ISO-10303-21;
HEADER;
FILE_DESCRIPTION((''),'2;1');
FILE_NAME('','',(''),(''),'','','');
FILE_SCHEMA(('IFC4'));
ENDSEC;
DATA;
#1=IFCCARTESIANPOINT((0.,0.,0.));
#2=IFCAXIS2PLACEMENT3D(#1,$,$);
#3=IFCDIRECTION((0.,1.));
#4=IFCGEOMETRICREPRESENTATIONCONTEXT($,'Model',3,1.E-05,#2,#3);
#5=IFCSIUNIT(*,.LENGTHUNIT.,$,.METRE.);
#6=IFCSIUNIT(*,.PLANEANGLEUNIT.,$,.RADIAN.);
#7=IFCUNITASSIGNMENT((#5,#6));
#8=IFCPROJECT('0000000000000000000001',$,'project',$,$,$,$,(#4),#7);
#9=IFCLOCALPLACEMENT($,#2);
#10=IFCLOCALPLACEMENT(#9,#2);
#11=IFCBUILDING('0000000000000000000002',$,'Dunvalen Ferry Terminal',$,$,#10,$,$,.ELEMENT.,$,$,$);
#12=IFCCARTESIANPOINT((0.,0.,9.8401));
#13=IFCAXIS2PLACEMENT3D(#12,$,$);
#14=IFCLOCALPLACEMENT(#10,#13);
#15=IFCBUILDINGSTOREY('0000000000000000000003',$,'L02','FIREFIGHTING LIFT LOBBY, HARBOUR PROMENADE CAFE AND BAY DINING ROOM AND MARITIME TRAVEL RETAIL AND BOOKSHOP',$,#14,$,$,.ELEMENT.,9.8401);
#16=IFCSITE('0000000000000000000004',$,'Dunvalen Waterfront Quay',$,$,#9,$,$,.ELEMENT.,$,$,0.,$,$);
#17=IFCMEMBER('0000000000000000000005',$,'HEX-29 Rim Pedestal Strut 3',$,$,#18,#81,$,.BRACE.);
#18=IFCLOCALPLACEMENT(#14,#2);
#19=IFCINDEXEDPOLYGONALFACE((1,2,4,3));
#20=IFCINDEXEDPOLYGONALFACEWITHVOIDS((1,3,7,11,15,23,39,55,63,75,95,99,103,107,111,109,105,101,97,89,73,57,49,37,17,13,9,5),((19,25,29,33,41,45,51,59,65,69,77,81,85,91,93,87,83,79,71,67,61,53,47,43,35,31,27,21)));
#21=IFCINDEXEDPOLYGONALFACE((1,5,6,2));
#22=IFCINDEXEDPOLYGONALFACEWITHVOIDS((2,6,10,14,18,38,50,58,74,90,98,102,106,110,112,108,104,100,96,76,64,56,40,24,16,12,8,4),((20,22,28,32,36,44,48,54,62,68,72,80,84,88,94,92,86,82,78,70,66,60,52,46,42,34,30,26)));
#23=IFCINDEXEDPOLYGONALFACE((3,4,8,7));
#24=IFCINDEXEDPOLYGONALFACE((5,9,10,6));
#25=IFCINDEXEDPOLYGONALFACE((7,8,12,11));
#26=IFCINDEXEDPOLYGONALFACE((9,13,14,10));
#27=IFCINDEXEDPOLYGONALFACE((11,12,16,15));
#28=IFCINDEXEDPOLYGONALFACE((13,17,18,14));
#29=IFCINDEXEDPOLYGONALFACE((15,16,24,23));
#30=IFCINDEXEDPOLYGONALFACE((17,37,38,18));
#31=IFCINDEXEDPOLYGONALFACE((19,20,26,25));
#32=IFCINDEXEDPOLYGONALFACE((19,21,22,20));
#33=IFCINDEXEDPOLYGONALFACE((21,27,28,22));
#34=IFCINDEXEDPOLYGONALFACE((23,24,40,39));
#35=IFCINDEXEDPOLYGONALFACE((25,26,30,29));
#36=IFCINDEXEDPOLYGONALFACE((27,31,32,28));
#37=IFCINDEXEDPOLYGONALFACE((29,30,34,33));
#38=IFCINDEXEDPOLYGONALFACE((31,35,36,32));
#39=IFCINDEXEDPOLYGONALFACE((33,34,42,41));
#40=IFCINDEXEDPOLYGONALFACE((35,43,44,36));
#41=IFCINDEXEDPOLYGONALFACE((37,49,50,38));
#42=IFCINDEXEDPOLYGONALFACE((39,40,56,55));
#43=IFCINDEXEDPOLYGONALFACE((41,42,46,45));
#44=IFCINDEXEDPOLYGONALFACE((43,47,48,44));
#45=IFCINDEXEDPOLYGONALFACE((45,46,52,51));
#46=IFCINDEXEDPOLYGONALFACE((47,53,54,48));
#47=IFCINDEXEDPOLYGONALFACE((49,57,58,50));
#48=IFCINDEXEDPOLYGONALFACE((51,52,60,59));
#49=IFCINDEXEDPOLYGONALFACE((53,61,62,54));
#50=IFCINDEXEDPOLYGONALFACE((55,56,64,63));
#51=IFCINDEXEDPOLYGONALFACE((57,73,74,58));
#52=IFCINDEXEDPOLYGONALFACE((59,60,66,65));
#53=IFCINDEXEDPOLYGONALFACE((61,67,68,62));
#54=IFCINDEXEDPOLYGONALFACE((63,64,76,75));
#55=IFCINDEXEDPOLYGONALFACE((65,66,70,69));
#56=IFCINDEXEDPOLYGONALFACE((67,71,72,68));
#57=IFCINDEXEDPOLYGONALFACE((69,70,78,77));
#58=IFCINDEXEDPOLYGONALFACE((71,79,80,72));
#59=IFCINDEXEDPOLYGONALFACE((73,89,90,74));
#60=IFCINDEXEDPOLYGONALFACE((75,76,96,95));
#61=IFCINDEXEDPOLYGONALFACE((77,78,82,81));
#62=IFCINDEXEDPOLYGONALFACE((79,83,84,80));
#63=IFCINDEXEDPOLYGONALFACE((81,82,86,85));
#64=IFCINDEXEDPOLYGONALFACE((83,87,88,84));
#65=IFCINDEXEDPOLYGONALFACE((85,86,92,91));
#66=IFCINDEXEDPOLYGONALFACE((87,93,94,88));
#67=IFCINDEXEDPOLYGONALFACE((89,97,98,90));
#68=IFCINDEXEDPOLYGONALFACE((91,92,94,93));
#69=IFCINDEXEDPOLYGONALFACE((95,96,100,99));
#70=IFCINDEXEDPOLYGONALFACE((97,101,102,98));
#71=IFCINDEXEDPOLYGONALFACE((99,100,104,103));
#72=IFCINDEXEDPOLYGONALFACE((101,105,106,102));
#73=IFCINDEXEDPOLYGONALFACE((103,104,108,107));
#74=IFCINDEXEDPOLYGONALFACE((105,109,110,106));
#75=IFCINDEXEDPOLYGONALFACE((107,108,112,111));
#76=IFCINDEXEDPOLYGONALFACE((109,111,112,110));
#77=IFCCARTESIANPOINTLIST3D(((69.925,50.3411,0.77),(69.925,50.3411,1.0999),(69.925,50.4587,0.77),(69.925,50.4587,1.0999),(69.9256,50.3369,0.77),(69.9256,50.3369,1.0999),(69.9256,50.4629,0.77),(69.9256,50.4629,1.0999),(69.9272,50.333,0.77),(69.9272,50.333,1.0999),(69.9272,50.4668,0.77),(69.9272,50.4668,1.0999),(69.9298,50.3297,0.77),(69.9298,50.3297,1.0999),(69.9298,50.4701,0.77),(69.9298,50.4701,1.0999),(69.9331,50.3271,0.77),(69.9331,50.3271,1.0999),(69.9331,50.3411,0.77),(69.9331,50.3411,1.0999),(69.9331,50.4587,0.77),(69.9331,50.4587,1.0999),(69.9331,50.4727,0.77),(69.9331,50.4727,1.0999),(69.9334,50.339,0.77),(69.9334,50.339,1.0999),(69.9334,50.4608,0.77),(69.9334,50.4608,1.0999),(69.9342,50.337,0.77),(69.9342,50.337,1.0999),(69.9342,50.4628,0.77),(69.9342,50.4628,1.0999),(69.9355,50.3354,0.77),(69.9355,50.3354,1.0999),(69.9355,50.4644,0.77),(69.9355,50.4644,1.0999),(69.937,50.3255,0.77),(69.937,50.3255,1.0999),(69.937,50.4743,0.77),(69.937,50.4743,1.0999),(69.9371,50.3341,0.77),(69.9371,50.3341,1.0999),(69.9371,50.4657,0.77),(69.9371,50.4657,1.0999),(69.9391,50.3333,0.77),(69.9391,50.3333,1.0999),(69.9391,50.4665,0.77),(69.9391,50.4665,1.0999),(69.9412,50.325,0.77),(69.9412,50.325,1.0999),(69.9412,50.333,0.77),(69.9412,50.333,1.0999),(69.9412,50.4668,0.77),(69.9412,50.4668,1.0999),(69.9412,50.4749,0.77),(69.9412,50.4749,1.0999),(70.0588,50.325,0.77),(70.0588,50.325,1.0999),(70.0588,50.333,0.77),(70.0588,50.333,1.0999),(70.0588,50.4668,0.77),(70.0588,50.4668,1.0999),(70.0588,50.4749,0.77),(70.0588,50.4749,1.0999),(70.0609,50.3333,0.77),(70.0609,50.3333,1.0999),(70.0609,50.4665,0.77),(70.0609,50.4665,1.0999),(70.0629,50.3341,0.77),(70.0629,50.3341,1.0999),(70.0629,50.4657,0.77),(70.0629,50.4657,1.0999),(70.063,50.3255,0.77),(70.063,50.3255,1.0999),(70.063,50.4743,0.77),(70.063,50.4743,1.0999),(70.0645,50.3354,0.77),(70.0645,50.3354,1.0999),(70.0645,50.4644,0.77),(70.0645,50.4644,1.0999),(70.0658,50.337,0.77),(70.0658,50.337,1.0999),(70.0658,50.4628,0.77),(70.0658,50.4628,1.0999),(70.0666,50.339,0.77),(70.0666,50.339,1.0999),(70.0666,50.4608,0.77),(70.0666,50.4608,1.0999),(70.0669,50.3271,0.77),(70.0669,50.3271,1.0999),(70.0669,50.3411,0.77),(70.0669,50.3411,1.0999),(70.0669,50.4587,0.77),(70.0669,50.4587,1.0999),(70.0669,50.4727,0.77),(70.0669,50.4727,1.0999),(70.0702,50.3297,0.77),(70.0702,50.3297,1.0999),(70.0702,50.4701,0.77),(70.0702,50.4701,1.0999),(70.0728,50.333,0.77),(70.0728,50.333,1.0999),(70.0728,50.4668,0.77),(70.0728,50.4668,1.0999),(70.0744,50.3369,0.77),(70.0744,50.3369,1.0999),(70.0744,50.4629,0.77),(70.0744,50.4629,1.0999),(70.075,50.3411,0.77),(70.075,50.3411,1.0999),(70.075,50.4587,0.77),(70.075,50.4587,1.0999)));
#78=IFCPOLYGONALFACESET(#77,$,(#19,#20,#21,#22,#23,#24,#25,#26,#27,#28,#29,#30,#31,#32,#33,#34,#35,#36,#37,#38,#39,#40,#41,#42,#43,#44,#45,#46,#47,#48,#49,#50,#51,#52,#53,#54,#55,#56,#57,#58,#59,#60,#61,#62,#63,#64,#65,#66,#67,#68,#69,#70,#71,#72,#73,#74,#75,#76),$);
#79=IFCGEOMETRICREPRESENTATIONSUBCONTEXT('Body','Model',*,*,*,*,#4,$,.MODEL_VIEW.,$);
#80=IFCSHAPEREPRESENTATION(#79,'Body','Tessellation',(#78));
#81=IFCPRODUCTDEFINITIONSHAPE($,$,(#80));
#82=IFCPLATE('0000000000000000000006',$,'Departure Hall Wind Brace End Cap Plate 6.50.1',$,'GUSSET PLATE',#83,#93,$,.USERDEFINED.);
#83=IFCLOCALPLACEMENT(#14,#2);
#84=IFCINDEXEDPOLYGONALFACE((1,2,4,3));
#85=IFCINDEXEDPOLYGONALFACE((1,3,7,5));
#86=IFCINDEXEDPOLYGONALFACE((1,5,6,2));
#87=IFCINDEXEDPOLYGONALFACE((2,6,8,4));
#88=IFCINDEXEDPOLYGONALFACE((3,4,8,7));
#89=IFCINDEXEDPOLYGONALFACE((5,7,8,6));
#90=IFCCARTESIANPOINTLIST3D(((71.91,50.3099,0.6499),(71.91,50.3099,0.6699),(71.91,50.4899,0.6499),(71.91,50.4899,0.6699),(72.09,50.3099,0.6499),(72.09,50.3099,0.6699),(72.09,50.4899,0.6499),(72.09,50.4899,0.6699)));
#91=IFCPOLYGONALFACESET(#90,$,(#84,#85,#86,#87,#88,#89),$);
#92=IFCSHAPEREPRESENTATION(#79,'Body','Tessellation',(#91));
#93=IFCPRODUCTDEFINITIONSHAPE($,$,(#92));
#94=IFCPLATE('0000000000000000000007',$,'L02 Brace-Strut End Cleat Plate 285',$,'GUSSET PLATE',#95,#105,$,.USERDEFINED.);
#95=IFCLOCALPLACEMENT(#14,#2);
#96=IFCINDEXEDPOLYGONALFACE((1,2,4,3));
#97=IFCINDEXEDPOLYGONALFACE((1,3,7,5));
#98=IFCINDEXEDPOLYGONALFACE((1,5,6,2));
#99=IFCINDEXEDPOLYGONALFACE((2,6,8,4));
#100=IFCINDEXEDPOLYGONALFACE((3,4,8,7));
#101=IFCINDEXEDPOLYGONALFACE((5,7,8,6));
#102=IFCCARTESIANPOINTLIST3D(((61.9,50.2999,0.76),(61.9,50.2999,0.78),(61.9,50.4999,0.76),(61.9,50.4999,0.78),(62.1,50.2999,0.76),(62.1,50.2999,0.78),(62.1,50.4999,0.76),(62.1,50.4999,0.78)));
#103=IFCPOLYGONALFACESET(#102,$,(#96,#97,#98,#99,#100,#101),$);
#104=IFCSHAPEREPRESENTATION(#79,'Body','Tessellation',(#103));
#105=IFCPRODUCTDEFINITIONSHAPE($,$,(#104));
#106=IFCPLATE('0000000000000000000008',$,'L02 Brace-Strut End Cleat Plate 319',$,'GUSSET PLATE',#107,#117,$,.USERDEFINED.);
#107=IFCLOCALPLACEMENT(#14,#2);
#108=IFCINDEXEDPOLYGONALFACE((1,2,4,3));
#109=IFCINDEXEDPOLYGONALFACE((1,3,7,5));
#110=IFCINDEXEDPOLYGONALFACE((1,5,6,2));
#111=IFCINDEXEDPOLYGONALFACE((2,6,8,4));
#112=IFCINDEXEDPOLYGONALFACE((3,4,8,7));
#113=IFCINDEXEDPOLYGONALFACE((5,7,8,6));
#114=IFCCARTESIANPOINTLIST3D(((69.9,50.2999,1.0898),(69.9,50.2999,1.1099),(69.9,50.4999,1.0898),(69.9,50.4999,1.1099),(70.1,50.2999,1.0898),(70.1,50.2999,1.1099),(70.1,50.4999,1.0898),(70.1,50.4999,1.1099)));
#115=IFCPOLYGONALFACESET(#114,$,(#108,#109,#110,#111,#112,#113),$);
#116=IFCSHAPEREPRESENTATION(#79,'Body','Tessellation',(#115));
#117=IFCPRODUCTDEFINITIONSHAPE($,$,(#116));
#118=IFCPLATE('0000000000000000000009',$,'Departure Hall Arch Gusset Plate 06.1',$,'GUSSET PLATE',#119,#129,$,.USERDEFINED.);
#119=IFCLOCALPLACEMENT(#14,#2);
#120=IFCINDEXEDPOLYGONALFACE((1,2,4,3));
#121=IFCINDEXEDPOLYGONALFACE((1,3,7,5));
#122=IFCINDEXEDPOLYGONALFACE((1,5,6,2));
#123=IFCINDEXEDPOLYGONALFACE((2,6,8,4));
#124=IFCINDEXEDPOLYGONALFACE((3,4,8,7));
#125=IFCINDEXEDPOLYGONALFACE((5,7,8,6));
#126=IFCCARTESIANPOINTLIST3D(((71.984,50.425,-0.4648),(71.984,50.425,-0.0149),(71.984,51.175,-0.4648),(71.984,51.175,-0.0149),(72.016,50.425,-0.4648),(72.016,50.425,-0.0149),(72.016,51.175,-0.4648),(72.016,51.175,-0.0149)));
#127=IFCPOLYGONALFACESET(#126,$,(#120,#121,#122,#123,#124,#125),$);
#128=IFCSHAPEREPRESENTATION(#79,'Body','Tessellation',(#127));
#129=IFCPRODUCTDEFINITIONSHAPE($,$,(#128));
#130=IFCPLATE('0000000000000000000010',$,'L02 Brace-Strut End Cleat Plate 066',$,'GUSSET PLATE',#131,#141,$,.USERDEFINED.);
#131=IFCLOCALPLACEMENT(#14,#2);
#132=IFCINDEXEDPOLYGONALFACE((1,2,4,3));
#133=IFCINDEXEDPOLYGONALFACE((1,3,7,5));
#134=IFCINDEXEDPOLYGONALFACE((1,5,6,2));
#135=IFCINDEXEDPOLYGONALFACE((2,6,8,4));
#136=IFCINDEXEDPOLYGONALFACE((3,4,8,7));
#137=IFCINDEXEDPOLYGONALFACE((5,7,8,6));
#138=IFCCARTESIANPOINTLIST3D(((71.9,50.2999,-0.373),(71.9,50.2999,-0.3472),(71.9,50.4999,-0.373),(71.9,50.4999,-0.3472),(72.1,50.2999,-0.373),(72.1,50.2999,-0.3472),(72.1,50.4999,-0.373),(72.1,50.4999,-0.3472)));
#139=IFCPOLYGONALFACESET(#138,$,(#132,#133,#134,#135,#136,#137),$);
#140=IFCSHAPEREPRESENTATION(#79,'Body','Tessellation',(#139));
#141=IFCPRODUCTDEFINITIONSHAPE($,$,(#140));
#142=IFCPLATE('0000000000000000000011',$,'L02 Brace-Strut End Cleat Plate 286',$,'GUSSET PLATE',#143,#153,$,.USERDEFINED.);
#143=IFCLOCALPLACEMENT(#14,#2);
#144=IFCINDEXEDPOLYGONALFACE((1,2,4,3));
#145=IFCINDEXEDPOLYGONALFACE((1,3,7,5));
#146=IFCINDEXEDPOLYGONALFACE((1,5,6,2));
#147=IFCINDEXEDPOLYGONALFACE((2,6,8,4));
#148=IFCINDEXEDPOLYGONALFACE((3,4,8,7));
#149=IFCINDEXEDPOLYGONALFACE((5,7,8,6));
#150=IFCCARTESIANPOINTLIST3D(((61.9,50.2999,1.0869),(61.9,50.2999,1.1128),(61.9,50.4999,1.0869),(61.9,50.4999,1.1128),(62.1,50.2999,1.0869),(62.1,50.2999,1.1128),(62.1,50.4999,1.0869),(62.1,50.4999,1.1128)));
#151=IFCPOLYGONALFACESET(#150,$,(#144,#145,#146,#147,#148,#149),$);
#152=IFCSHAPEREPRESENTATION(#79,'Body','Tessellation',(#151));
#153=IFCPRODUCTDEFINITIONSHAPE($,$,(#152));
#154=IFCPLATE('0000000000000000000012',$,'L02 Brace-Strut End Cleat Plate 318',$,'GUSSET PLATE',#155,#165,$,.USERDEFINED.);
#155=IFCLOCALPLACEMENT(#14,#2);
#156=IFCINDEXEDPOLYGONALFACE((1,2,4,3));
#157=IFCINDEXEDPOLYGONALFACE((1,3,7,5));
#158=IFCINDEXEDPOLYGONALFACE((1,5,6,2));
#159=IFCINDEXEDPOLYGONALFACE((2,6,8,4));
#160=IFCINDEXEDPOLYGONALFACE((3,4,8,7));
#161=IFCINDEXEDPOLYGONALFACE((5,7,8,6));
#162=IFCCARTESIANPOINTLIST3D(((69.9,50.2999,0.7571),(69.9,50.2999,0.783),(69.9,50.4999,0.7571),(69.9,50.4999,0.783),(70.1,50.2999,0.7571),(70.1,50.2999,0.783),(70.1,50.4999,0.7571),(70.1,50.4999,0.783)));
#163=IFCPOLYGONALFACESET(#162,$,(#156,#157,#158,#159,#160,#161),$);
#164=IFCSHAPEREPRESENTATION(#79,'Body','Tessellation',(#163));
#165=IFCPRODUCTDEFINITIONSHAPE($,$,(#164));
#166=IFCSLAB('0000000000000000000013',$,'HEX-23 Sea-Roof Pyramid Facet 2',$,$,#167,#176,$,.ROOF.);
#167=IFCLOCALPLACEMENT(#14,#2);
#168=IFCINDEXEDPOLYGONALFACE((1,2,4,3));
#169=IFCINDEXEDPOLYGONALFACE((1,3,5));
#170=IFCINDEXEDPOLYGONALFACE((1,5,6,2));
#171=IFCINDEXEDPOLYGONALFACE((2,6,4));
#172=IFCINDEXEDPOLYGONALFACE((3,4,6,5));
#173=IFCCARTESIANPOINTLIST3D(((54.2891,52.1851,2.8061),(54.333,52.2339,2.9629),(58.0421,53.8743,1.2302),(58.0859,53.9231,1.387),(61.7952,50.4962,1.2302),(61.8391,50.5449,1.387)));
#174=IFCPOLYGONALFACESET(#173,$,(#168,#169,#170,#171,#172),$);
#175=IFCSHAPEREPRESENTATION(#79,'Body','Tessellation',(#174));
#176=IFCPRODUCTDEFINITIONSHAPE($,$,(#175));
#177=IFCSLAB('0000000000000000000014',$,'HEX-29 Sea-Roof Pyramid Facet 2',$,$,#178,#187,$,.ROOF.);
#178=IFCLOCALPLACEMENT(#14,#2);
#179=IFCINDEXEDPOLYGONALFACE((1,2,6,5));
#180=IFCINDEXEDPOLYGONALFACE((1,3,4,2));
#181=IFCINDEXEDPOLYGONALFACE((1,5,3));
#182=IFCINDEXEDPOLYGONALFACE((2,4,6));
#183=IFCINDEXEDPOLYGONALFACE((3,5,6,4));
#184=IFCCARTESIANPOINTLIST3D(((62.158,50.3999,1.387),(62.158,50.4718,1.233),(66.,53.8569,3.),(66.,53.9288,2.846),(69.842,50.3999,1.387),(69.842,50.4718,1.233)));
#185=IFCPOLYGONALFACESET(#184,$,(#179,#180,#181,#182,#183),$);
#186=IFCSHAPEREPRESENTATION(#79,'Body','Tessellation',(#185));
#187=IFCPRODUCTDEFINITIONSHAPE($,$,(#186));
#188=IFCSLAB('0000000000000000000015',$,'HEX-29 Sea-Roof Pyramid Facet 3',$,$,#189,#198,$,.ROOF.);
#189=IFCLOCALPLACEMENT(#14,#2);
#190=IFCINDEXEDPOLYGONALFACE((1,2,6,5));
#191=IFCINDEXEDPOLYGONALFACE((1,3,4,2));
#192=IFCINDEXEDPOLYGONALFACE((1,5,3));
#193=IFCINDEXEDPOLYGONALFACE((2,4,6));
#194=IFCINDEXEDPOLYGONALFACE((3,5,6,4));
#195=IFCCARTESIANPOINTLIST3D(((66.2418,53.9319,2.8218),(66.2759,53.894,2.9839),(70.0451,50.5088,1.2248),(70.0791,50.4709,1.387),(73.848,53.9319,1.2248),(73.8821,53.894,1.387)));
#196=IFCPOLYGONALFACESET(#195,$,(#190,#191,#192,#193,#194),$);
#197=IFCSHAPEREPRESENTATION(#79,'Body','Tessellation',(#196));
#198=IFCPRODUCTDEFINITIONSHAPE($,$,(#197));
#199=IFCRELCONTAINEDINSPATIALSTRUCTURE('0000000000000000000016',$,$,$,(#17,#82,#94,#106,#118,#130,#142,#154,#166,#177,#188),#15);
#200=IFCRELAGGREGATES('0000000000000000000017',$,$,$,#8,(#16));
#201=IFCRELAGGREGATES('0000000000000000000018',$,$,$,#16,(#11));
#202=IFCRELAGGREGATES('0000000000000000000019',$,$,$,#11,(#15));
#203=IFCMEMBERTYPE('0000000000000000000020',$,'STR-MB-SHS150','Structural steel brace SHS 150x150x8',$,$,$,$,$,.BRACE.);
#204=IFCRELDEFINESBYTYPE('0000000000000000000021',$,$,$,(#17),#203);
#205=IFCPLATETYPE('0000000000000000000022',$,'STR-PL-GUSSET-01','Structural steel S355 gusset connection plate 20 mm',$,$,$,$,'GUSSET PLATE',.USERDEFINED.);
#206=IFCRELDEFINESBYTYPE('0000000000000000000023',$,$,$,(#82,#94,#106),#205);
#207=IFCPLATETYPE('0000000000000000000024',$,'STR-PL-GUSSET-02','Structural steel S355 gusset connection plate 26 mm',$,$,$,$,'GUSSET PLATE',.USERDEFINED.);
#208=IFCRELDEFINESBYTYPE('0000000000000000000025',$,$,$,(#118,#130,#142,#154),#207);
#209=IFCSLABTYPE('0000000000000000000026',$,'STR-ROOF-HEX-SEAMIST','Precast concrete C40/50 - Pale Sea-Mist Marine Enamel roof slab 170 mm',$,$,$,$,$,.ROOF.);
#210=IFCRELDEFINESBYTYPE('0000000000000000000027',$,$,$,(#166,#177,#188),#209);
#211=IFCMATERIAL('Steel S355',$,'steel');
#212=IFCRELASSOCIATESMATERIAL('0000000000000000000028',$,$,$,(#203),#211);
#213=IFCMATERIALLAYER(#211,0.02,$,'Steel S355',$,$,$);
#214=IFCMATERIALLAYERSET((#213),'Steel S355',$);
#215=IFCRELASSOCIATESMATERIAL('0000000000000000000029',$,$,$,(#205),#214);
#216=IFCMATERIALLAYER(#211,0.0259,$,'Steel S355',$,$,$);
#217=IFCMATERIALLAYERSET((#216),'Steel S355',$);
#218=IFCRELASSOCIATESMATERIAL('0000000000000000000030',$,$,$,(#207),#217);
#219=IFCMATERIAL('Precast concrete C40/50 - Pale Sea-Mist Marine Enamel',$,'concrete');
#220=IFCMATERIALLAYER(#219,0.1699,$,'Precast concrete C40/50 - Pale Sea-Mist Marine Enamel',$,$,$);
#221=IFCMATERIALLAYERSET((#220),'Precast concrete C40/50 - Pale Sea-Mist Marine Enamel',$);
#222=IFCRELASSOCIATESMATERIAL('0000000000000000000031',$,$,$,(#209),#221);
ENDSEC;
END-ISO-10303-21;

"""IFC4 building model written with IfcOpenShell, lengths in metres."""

from ifc_helpers import new_model, si_unit, direction, frame, origin, origin_2d, place, context, subcontext, project, spatial, polyline, rectangle, hollow_rectangle, outline, extrude, material, layer, layer_set, material_profile, profile_set, type_object, element, save


model = new_model("IFC4")

# Units and contexts
model_context = context("Model", 3, precision=1e-05, world=origin(), true_north=direction((0.0, 1.0)))
body_context = subcontext(model_context, "Body", "Model", "MODEL_VIEW")
ifc_project = project(units=[si_unit("LENGTHUNIT", "METRE"), si_unit("PLANEANGLEUNIT", "RADIAN")], contexts=[model_context])

# Site, building, storey
site_placement = place(None, origin())
site = spatial("IfcSite", under=ifc_project, at=site_placement, Name="Dunvalen Waterfront Quay", CompositionType="ELEMENT", RefElevation=0.0)
building_placement = place(site_placement, origin())
building = spatial("IfcBuilding", under=site, at=building_placement, Name="Dunvalen Ferry Terminal", CompositionType="ELEMENT")
storey_placement = place(building_placement, frame((0.0, 0.0, 9.8401)))
storey = spatial("IfcBuildingStorey", under=building, at=storey_placement, Name="L02", Description="FIREFIGHTING LIFT LOBBY, HARBOUR PROMENADE CAFE AND BAY DINING ROOM AND MARITIME TRAVEL RETAIL AND BOOKSHOP", CompositionType="ELEMENT", Elevation=9.8401)

# Shared definitions
ifc_material_1 = material(Name="Steel S355", Category="steel")

# Member
ifc_material_profile_1 = material_profile(ifc_material_1, hollow_rectangle(XDim=0.1499, YDim=0.1499, WallThickness=0.0081, InnerFilletRadius=0.0081, OuterFilletRadius=0.0161, at=origin_2d()), Name="Steel S355")
ifc_profile_set_1 = profile_set([ifc_material_profile_1], Name="Steel S355")
member_type_1 = type_object("IfcMemberType", Name="STR-MB-SHS150", Description="Structural steel brace SHS 150x150x8", PredefinedType="BRACE", material=ifc_profile_set_1)
member_1_placement = place(storey_placement, frame((70.0, 50.3999, 0.77), z_axis=(0.0, 0.0, 1.0), x_axis=(1.0, 0.0, 0.0)))
element("IfcMember", 1, at=member_1_placement, inside=storey, type_object=member_type_1, Name="HEX-29 Rim Pedestal Strut 3", PredefinedType="BRACE", context=body_context, shape_type="SweptSolid", body=[
    extrude(hollow_rectangle(XDim=0.1499, YDim=0.1499, WallThickness=0.0081, InnerFilletRadius=0.0081, OuterFilletRadius=0.0161, at=origin_2d()), origin(), (0.0, 0.0, 1.0), 0.3298),
])

# Plates
ifc_layer_1 = layer(ifc_material_1, 0.02, Name="Steel S355")
ifc_layer_set_1 = layer_set([ifc_layer_1], Name="Steel S355")
plate_type_1 = type_object("IfcPlateType", Name="STR-PL-GUSSET-01", Description="Structural steel S355 gusset connection plate 20 mm", ElementType="GUSSET PLATE", PredefinedType="USERDEFINED", material=ifc_layer_set_1)
plate_1_placement = place(storey_placement, frame((72.0, 50.3999, 0.6499), z_axis=(0.0, 0.0, 1.0), x_axis=(1.0, 0.0, 0.0)))
element("IfcPlate", 2, at=plate_1_placement, inside=storey, type_object=plate_type_1, Name="Departure Hall Wind Brace End Cap Plate 6.50.1", ObjectType="GUSSET PLATE", PredefinedType="USERDEFINED", context=body_context, shape_type="SweptSolid", body=[
    extrude(rectangle(XDim=0.1799, YDim=0.1799, at=origin_2d()), origin(), (0.0, 0.0, 1.0), 0.02),
])
for number, where, z_axis, x_axis, name in (
    (3, (62.0, 50.3999, 0.76), (0.0, 0.0, 1.0), (1.0, 0.0, 0.0), "L02 Brace-Strut End Cleat Plate 285"),
    (4, (70.0, 50.3999, 1.0898), (0.0, 0.0, 1.0), (1.0, 0.0, 0.0), "L02 Brace-Strut End Cleat Plate 319"),
):
    element("IfcPlate", number, at=place(storey_placement, frame(where, z_axis=z_axis, x_axis=x_axis)), inside=storey, type_object=plate_type_1, Name=name, ObjectType="GUSSET PLATE", PredefinedType="USERDEFINED", context=body_context, shape_type="SweptSolid", body=[
        extrude(rectangle(XDim=0.2, YDim=0.2, at=origin_2d()), origin(), (0.0, 0.0, 1.0), 0.02),
    ])
ifc_layer_2 = layer(ifc_material_1, 0.0259, Name="Steel S355")
ifc_layer_set_2 = layer_set([ifc_layer_2], Name="Steel S355")
plate_type_2 = type_object("IfcPlateType", Name="STR-PL-GUSSET-02", Description="Structural steel S355 gusset connection plate 26 mm", ElementType="GUSSET PLATE", PredefinedType="USERDEFINED", material=ifc_layer_set_2)
plate_2_placement = place(storey_placement, frame((72.0, 50.8, -0.4648), z_axis=(0.0, 0.0, 1.0), x_axis=(1.0, 0.0, 0.0)))
element("IfcPlate", 5, at=plate_2_placement, inside=storey, type_object=plate_type_2, Name="Departure Hall Arch Gusset Plate 06.1", ObjectType="GUSSET PLATE", PredefinedType="USERDEFINED", context=body_context, shape_type="SweptSolid", body=[
    extrude(rectangle(XDim=0.032, YDim=0.75, at=origin_2d()), origin(), (0.0, 0.0, 1.0), 0.45),
])
for number, where, z_axis, x_axis, name in (
    (6, (72.0, 50.3999, -0.373), (0.0, 0.0, 1.0), (1.0, 0.0, 0.0), "L02 Brace-Strut End Cleat Plate 066"),
    (7, (62.0, 50.3999, 1.0869), (0.0, 0.0, 1.0), (1.0, 0.0, 0.0), "L02 Brace-Strut End Cleat Plate 286"),
    (8, (70.0, 50.3999, 0.7571), (0.0, 0.0, 1.0), (1.0, 0.0, 0.0), "L02 Brace-Strut End Cleat Plate 318"),
):
    element("IfcPlate", number, at=place(storey_placement, frame(where, z_axis=z_axis, x_axis=x_axis)), inside=storey, type_object=plate_type_2, Name=name, ObjectType="GUSSET PLATE", PredefinedType="USERDEFINED", context=body_context, shape_type="SweptSolid", body=[
        extrude(rectangle(XDim=0.2, YDim=0.2, at=origin_2d()), origin(), (0.0, 0.0, 1.0), 0.0259),
    ])

# Slabs
ifc_material_2 = material(Name="Precast concrete C40/50 - Pale Sea-Mist Marine Enamel", Category="concrete")
ifc_layer_3 = layer(ifc_material_2, 0.1699, Name="Precast concrete C40/50 - Pale Sea-Mist Marine Enamel")
ifc_layer_set_3 = layer_set([ifc_layer_3], Name="Precast concrete C40/50 - Pale Sea-Mist Marine Enamel")
slab_type = type_object("IfcSlabType", Name="STR-ROOF-HEX-SEAMIST", Description="Precast concrete C40/50 - Pale Sea-Mist Marine Enamel roof slab 170 mm", PredefinedType="ROOF", material=ifc_layer_set_3)
slab_1_placement = place(storey_placement, frame((61.8391, 50.5449, 1.387), z_axis=(0.258238, 0.286904, 0.922496), x_axis=(-0.743263, 0.668999, 0.0)))
element("IfcSlab", 9, at=slab_1_placement, inside=storey, type_object=slab_type, Name="HEX-23 Sea-Roof Pyramid Facet 2", PredefinedType="ROOF", context=body_context, shape_type="SweptSolid", body=[
    extrude(outline(polyline([(0.0, 0.0), (5.0496, 0.0), (6.7089, 4.0827), (0.0, 0.0)])), origin(), (0.0, 0.0, -1.0), 0.1699),
])
slab_2_placement = place(storey_placement, frame((62.158, 50.3999, 1.387), z_axis=(0.0, -0.422833, 0.906208), x_axis=(1.0, 0.0, 0.0)))
element("IfcSlab", 10, at=slab_2_placement, inside=storey, type_object=slab_type, Name="HEX-29 Sea-Roof Pyramid Facet 2", PredefinedType="ROOF", context=body_context, shape_type="SweptSolid", body=[
    extrude(outline(polyline([(0.0, 0.0), (7.6841, 0.0), (3.842, 3.8148), (0.0, 0.0)])), origin(), (0.0, 0.0, -1.0), 0.1699),
])
slab_3_placement = place(storey_placement, frame((70.0791, 50.4709, 1.387), z_axis=(0.200318, -0.222548, 0.95412), x_axis=(0.743254, 0.66901, 0.0)))
element("IfcSlab", 11, at=slab_3_placement, inside=storey, type_object=slab_type, Name="HEX-29 Sea-Roof Pyramid Facet 3", PredefinedType="ROOF", context=body_context, shape_type="SweptSolid", body=[
    extrude(outline(polyline([(0.0, 0.0), (5.1167, 0.0), (-0.5367, 5.3333), (0.0, 0.0)])), origin(), (0.0, 0.0, -1.0), 0.1699),
])

save(model, "model.ifc")
